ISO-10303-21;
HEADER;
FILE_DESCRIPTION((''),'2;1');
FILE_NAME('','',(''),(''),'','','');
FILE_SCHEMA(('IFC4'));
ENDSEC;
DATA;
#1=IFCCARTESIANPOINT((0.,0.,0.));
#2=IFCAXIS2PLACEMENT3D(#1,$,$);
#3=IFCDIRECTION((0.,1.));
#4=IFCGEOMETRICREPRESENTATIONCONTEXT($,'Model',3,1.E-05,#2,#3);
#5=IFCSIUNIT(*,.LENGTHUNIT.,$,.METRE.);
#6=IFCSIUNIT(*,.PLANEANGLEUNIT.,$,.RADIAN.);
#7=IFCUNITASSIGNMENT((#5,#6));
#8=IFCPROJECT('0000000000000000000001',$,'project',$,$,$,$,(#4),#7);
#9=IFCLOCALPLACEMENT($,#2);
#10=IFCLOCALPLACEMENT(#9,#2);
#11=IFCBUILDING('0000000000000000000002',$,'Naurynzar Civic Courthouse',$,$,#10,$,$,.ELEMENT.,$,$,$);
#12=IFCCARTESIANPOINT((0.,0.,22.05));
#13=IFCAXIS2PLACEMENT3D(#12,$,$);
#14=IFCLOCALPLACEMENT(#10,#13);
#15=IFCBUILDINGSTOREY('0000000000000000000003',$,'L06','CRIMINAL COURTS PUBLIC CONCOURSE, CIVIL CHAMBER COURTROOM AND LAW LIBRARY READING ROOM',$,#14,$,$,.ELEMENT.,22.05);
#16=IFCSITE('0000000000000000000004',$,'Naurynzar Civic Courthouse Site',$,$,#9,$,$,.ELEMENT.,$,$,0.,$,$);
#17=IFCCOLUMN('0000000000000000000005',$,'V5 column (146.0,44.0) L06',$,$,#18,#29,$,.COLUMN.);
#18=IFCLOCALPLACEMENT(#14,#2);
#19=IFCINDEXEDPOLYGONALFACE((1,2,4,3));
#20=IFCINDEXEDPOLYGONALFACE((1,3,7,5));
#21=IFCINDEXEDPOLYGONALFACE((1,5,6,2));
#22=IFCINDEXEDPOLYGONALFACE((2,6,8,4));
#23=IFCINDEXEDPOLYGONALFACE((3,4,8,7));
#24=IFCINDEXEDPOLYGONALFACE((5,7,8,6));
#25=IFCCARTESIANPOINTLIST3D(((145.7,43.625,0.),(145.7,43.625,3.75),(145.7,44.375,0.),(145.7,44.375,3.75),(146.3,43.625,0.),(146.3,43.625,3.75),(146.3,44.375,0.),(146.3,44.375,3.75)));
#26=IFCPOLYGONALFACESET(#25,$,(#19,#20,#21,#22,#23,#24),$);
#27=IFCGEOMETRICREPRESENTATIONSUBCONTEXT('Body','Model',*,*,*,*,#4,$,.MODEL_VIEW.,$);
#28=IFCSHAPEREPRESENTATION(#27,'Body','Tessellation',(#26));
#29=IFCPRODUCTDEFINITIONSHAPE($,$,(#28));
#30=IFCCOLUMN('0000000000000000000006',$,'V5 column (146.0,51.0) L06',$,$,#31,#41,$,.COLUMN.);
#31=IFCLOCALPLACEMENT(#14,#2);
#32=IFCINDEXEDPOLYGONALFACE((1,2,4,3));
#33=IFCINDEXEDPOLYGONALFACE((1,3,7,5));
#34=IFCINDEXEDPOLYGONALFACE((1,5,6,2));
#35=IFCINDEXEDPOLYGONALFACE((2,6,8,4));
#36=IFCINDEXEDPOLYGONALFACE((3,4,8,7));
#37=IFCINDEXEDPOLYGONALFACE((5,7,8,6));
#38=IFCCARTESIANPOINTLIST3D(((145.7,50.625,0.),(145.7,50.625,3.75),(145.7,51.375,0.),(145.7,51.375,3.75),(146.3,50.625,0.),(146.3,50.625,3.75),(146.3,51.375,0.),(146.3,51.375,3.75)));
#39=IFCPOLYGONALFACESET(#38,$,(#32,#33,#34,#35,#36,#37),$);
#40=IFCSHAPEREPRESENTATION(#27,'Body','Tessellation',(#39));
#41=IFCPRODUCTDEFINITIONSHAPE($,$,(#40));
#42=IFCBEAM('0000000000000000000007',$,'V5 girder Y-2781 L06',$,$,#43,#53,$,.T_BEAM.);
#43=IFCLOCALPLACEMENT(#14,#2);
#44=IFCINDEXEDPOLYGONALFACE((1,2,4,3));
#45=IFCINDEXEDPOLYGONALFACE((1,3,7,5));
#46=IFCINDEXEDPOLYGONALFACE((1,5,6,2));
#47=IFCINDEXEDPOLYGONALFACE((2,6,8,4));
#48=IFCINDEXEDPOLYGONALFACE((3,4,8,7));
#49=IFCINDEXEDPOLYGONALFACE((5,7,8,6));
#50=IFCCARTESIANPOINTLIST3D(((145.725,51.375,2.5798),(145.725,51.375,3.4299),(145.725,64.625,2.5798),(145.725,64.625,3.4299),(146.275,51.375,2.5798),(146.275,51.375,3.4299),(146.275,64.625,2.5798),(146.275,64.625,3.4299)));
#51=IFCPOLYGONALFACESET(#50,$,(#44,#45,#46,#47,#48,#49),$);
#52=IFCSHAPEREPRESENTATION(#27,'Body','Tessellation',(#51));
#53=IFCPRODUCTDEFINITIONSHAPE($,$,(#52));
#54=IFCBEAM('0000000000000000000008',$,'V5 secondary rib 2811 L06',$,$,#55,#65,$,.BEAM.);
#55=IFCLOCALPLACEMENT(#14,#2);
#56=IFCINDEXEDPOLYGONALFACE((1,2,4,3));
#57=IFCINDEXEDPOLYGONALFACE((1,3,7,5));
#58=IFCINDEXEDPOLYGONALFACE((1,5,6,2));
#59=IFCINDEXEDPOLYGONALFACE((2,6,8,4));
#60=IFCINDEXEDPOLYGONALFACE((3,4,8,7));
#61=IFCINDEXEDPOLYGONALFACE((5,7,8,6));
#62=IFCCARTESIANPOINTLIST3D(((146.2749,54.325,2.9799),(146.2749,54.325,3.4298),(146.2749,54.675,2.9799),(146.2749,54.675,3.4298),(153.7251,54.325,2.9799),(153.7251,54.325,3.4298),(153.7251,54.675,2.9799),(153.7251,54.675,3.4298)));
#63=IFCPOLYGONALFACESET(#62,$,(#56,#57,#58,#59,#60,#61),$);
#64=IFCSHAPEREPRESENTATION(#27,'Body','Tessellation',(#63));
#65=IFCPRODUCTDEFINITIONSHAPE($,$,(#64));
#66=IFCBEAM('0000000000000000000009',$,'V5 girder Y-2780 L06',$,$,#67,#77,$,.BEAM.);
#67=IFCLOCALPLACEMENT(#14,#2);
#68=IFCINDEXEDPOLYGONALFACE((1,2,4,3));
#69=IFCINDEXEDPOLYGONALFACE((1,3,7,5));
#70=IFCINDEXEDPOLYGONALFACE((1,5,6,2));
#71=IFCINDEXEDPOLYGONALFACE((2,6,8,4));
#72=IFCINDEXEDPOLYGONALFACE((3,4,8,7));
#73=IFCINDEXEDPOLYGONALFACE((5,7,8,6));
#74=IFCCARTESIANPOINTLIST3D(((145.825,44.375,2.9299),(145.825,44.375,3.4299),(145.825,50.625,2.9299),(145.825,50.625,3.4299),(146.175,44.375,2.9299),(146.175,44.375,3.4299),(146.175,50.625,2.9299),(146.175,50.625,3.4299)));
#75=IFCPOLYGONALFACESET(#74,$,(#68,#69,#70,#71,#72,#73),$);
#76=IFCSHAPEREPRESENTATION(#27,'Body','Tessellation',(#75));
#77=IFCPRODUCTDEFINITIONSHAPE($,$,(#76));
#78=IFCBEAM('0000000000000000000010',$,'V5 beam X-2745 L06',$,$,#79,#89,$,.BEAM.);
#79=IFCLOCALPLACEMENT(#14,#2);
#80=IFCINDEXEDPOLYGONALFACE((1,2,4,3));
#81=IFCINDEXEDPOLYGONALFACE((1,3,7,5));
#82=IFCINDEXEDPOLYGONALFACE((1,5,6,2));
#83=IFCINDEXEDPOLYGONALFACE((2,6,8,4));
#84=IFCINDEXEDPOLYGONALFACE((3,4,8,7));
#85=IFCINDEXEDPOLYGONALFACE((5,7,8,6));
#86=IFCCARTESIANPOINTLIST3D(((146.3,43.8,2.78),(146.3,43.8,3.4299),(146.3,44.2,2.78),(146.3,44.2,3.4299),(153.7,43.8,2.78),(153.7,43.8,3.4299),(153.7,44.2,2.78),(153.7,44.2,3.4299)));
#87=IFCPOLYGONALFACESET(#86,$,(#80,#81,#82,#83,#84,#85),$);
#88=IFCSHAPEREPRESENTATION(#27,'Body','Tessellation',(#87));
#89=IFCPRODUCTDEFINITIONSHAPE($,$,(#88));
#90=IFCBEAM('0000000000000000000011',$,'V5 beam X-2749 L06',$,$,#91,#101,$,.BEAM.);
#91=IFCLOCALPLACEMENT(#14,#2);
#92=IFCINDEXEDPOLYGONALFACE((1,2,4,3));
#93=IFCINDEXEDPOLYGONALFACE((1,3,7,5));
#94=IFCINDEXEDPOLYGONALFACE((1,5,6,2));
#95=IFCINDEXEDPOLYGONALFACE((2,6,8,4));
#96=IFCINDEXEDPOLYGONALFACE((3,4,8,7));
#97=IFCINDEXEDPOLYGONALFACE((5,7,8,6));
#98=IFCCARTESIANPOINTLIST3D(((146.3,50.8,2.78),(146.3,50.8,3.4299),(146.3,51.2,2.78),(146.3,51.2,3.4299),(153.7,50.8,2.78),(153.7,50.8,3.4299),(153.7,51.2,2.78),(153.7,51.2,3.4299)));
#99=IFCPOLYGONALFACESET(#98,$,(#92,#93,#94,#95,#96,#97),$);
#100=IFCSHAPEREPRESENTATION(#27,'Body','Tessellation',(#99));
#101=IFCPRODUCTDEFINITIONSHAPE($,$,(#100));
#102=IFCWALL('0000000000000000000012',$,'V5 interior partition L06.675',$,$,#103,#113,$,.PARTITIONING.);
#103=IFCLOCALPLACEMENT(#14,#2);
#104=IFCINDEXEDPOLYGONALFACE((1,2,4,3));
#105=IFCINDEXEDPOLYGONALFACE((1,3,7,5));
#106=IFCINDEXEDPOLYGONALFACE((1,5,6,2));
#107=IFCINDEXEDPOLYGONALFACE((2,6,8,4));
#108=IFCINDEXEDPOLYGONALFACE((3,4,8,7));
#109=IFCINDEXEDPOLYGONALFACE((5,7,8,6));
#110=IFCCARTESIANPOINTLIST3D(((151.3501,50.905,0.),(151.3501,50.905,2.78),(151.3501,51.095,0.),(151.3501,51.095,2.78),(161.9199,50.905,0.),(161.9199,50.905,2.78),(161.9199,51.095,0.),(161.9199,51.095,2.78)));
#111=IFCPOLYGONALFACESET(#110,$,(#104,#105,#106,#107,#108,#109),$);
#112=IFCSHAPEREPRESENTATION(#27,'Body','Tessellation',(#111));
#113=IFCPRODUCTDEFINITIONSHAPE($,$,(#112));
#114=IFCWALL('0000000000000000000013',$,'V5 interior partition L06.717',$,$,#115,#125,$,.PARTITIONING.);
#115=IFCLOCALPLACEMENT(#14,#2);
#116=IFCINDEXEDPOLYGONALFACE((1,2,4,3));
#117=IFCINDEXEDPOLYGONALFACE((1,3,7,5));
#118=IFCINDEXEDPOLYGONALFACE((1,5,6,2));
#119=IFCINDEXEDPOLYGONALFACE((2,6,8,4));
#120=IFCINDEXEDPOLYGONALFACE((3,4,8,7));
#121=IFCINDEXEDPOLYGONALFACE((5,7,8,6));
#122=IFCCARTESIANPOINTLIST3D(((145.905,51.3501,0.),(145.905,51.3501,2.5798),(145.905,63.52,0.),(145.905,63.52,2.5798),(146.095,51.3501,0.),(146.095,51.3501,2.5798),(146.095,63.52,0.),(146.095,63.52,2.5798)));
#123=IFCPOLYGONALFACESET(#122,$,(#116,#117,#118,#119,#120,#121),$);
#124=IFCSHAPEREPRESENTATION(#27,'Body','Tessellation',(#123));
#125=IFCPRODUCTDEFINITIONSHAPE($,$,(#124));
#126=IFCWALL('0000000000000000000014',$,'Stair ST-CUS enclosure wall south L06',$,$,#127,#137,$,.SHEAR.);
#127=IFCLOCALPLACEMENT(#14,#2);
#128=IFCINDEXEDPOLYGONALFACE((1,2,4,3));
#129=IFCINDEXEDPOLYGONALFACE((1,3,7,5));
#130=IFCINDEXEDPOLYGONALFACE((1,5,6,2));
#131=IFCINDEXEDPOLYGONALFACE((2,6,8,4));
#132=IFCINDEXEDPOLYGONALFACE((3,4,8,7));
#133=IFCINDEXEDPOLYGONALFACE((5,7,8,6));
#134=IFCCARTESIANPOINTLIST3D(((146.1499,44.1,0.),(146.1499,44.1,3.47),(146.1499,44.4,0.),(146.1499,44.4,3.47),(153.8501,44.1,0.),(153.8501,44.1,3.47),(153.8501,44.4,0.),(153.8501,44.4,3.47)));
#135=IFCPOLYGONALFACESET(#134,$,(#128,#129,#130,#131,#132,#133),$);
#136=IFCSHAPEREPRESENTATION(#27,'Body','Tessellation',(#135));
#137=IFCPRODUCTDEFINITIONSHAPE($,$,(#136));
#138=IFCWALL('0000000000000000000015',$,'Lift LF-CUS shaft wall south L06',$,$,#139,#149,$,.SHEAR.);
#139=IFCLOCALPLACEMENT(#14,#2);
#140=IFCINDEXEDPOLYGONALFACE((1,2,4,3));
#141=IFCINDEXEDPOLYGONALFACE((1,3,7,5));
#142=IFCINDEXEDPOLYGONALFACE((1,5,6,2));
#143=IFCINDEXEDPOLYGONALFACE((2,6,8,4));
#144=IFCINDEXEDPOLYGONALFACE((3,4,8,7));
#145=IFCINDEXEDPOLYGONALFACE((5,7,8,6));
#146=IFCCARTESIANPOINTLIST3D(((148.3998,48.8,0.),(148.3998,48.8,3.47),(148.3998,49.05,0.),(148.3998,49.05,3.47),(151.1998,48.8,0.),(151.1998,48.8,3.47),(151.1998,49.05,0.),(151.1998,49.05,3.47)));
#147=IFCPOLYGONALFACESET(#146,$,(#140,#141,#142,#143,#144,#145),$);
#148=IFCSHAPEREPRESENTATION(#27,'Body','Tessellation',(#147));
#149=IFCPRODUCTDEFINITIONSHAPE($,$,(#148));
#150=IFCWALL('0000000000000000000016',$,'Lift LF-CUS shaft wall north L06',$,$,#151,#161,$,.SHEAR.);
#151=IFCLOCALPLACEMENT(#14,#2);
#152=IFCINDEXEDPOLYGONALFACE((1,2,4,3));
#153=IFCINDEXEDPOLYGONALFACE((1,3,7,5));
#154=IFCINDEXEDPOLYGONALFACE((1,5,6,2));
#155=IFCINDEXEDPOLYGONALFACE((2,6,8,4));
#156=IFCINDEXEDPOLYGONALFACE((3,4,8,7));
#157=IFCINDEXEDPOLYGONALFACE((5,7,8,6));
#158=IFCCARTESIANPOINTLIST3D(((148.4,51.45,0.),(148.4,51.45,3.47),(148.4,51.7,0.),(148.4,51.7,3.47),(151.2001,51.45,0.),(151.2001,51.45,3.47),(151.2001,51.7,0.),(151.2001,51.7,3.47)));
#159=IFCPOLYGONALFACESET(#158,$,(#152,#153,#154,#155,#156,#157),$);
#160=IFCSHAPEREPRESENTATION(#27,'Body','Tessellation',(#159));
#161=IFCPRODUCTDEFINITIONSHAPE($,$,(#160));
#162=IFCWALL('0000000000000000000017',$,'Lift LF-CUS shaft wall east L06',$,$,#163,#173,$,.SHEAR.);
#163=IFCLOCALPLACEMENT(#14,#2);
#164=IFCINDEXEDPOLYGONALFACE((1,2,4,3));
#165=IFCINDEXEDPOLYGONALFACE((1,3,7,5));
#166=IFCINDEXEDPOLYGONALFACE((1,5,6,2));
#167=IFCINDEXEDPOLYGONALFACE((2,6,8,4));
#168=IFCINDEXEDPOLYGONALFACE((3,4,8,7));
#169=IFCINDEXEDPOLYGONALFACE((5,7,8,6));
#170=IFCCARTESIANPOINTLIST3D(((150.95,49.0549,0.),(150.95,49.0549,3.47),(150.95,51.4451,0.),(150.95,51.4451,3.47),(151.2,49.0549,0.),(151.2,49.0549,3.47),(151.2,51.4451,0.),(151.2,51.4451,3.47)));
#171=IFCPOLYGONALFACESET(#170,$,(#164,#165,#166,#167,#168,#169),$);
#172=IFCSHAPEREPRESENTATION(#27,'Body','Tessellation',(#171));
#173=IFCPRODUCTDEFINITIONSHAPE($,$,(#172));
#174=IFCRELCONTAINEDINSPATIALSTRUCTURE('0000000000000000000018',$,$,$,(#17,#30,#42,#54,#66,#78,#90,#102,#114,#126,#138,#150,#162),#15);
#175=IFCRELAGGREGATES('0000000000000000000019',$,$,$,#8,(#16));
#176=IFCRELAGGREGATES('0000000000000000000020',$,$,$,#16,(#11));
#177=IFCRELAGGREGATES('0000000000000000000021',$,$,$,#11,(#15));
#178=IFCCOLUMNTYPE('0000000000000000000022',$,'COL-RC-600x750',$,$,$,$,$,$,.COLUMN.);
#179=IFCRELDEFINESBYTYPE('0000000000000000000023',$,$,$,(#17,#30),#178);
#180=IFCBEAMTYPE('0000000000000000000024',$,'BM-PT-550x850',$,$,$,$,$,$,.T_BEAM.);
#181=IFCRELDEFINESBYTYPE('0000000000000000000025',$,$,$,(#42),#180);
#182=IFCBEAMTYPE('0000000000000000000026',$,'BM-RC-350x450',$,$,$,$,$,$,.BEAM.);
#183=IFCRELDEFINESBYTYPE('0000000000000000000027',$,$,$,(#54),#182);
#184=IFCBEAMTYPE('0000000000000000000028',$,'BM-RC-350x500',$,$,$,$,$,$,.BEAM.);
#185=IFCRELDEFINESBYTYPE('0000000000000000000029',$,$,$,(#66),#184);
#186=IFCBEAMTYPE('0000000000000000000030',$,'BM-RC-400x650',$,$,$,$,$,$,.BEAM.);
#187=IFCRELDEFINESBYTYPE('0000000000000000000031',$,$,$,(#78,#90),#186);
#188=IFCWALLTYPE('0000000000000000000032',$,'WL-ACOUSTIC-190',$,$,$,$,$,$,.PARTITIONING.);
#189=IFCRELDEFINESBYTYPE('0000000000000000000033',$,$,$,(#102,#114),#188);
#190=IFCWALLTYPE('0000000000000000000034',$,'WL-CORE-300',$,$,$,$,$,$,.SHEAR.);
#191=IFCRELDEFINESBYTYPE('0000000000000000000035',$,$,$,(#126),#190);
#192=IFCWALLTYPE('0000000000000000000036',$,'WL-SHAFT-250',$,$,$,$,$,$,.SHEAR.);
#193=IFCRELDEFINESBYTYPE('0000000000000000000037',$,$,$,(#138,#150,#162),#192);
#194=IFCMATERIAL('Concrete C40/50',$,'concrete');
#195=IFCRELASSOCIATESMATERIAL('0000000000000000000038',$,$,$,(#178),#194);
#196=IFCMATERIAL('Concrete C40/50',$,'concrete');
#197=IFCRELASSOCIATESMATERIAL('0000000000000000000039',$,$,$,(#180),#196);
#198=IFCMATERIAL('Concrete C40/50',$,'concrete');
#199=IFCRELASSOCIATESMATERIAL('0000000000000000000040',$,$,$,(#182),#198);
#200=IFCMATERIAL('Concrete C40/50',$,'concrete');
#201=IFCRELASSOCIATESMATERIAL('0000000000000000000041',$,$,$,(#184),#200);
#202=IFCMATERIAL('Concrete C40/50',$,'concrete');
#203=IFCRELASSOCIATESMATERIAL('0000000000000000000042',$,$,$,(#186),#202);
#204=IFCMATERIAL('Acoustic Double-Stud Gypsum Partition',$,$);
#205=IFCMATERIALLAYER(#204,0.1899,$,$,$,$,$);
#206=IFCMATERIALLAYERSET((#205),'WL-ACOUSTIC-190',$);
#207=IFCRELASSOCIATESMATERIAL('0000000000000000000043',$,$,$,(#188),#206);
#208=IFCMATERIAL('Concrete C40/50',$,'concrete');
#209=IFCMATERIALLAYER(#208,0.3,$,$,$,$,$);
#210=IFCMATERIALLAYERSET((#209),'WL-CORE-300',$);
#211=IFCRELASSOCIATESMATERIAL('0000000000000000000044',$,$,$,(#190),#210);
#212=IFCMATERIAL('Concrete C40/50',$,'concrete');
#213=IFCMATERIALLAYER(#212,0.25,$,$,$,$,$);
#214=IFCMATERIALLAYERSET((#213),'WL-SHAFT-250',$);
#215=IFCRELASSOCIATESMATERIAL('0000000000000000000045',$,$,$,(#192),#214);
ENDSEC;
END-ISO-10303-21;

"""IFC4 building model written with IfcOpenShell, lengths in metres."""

from ifc_helpers import new_model, si_unit, direction, frame, frame_2d, origin, origin_2d, place, context, subcontext, project, spatial, rectangle, extrude, material, layer, layer_set, material_profile, profile_set, type_object, element, save


model = new_model("IFC4")

# Units and contexts
model_context = context("Model", 3, precision=1e-05, world=origin(), true_north=direction((0.0, 1.0)))
body_context = subcontext(model_context, "Body", "Model", "MODEL_VIEW")
ifc_project = project(units=[si_unit("LENGTHUNIT", "METRE"), si_unit("PLANEANGLEUNIT", "RADIAN")], contexts=[model_context])

# Site, building, storey
site_placement = place(None, origin())
site = spatial("IfcSite", under=ifc_project, at=site_placement, Name="Naurynzar Civic Courthouse Site", CompositionType="ELEMENT", RefElevation=0.0)
building_placement = place(site_placement, origin())
building = spatial("IfcBuilding", under=site, at=building_placement, Name="Naurynzar Civic Courthouse", CompositionType="ELEMENT")
storey_placement = place(building_placement, frame((0.0, 0.0, 22.05)))
storey = spatial("IfcBuildingStorey", under=building, at=storey_placement, Name="L06", Description="CRIMINAL COURTS PUBLIC CONCOURSE, CIVIL CHAMBER COURTROOM AND LAW LIBRARY READING ROOM", CompositionType="ELEMENT", Elevation=22.05)

# Columns
ifc_material_1 = material(Name="Concrete C40/50", Category="concrete")
ifc_material_profile_1 = material_profile(ifc_material_1, rectangle(XDim=0.6001, YDim=0.75, at=origin_2d()), Name="RC 600x750")
ifc_profile_set_1 = profile_set([ifc_material_profile_1], Name="Concrete C40/50")
column_type = type_object("IfcColumnType", Name="COL-RC-600x750", PredefinedType="COLUMN", material=ifc_profile_set_1)
for number, where, z_axis, x_axis, name in (
    (1, (146.0, 44.0, 0.0), (0.0, 0.0, 1.0), (1.0, 0.0, 0.0), "V5 column (146.0,44.0) L06"),
    (2, (146.0, 51.0, 0.0), (0.0, 0.0, 1.0), (1.0, 0.0, 0.0), "V5 column (146.0,51.0) L06"),
):
    element("IfcColumn", number, at=place(storey_placement, frame(where, z_axis=z_axis, x_axis=x_axis)), inside=storey, type_object=column_type, Name=name, PredefinedType="COLUMN", context=body_context, shape_type="SweptSolid", body=[
        extrude(rectangle(XDim=0.6001, YDim=0.75, at=origin_2d()), origin(), (0.0, 0.0, 1.0), 3.75),
    ])

# Beams
ifc_material_2 = material(Name="Concrete C40/50", Category="concrete")
ifc_material_profile_2 = material_profile(ifc_material_2, rectangle(XDim=0.55, YDim=0.8501, at=origin_2d()), Name="PTB 550x850")
ifc_profile_set_2 = profile_set([ifc_material_profile_2], Name="Concrete C40/50")
beam_type_1 = type_object("IfcBeamType", Name="BM-PT-550x850", PredefinedType="T_BEAM", material=ifc_profile_set_2)
beam_1_placement = place(storey_placement, frame((146.0, 51.375, 3.0049), z_axis=(0.0, 1.0, 0.0), x_axis=(-1.0, 0.0, 0.0)))
element("IfcBeam", 3, at=beam_1_placement, inside=storey, type_object=beam_type_1, Name="V5 girder Y-2781 L06", PredefinedType="T_BEAM", context=body_context, shape_type="SweptSolid", body=[
    extrude(rectangle(XDim=0.55, YDim=0.8501, at=origin_2d()), origin(), (0.0, 0.0, 1.0), 13.25),
])
ifc_material_3 = material(Name="Concrete C40/50", Category="concrete")
ifc_material_profile_3 = material_profile(ifc_material_3, rectangle(XDim=0.3501, YDim=0.45, at=origin_2d()), Name="RCB 350x450")
ifc_profile_set_3 = profile_set([ifc_material_profile_3], Name="Concrete C40/50")
beam_type_2 = type_object("IfcBeamType", Name="BM-RC-350x450", PredefinedType="BEAM", material=ifc_profile_set_3)
beam_2_placement = place(storey_placement, frame((146.2749, 54.5, 3.2048), z_axis=(1.0, 0.0, 0.0), x_axis=(0.0, 1.0, 0.0)))
element("IfcBeam", 4, at=beam_2_placement, inside=storey, type_object=beam_type_2, Name="V5 secondary rib 2811 L06", PredefinedType="BEAM", context=body_context, shape_type="SweptSolid", body=[
    extrude(rectangle(XDim=0.3501, YDim=0.45, at=origin_2d()), origin(), (0.0, 0.0, 1.0), 7.4502),
])
ifc_material_4 = material(Name="Concrete C40/50", Category="concrete")
ifc_material_profile_4 = material_profile(ifc_material_4, rectangle(XDim=0.3501, YDim=0.5, at=origin_2d()), Name="RCB 350x500")
ifc_profile_set_4 = profile_set([ifc_material_profile_4], Name="Concrete C40/50")
beam_type_3 = type_object("IfcBeamType", Name="BM-RC-350x500", PredefinedType="BEAM", material=ifc_profile_set_4)
beam_3_placement = place(storey_placement, frame((146.0, 44.375, 3.1799), z_axis=(0.0, 1.0, 0.0), x_axis=(-1.0, 0.0, 0.0)))
element("IfcBeam", 5, at=beam_3_placement, inside=storey, type_object=beam_type_3, Name="V5 girder Y-2780 L06", PredefinedType="BEAM", context=body_context, shape_type="SweptSolid", body=[
    extrude(rectangle(XDim=0.3501, YDim=0.5, at=origin_2d()), origin(), (0.0, 0.0, 1.0), 6.25),
])
ifc_material_5 = material(Name="Concrete C40/50", Category="concrete")
ifc_material_profile_5 = material_profile(ifc_material_5, rectangle(XDim=0.3999, YDim=0.6499, at=origin_2d()), Name="RCB 400x650")
ifc_profile_set_5 = profile_set([ifc_material_profile_5], Name="Concrete C40/50")
beam_type_4 = type_object("IfcBeamType", Name="BM-RC-400x650", PredefinedType="BEAM", material=ifc_profile_set_5)
for number, where, z_axis, x_axis, name in (
    (6, (146.3, 44.0, 3.105), (1.0, 0.0, 0.0), (0.0, 1.0, 0.0), "V5 beam X-2745 L06"),
    (7, (146.3, 51.0, 3.105), (1.0, 0.0, 0.0), (0.0, 1.0, 0.0), "V5 beam X-2749 L06"),
):
    element("IfcBeam", number, at=place(storey_placement, frame(where, z_axis=z_axis, x_axis=x_axis)), inside=storey, type_object=beam_type_4, Name=name, PredefinedType="BEAM", context=body_context, shape_type="SweptSolid", body=[
        extrude(rectangle(XDim=0.3999, YDim=0.6499, at=origin_2d()), origin(), (0.0, 0.0, 1.0), 7.3999),
    ])

# Walls
ifc_material_6 = material(Name="Acoustic Double-Stud Gypsum Partition")
ifc_layer_1 = layer(ifc_material_6, 0.1899)
ifc_layer_set_1 = layer_set([ifc_layer_1], Name="WL-ACOUSTIC-190")
wall_type_1 = type_object("IfcWallType", Name="WL-ACOUSTIC-190", PredefinedType="PARTITIONING", material=ifc_layer_set_1)
wall_1_placement = place(storey_placement, frame((151.3501, 51.0, 0.0), z_axis=(0.0, 0.0, 1.0), x_axis=(1.0, 0.0, 0.0)))
element("IfcWall", 8, at=wall_1_placement, inside=storey, type_object=wall_type_1, Name="V5 interior partition L06.675", PredefinedType="PARTITIONING", context=body_context, shape_type="SweptSolid", body=[
    extrude(rectangle(XDim=10.5698, YDim=0.1899, at=frame_2d((5.2849, 0.0))), origin(), (0.0, 0.0, 1.0), 2.78),
])
wall_2_placement = place(storey_placement, frame((146.0, 51.3501, 0.0), z_axis=(0.0, 0.0, 1.0), x_axis=(0.0, 1.0, 0.0)))
element("IfcWall", 9, at=wall_2_placement, inside=storey, type_object=wall_type_1, Name="V5 interior partition L06.717", PredefinedType="PARTITIONING", context=body_context, shape_type="SweptSolid", body=[
    extrude(rectangle(XDim=12.1699, YDim=0.1899, at=frame_2d((6.085, 0.0))), origin(), (0.0, 0.0, 1.0), 2.5798),
])
ifc_material_7 = material(Name="Concrete C40/50", Category="concrete")
ifc_layer_2 = layer(ifc_material_7, 0.3)
ifc_layer_set_2 = layer_set([ifc_layer_2], Name="WL-CORE-300")
wall_type_2 = type_object("IfcWallType", Name="WL-CORE-300", PredefinedType="SHEAR", material=ifc_layer_set_2)
wall_3_placement = place(storey_placement, frame((146.1499, 44.25, 0.0), z_axis=(0.0, 0.0, 1.0), x_axis=(1.0, 0.0, 0.0)))
element("IfcWall", 10, at=wall_3_placement, inside=storey, type_object=wall_type_2, Name="Stair ST-CUS enclosure wall south L06", PredefinedType="SHEAR", context=body_context, shape_type="SweptSolid", body=[
    extrude(rectangle(XDim=7.7002, YDim=0.3, at=frame_2d((3.8501, 0.0))), origin(), (0.0, 0.0, 1.0), 3.47),
])

# Walls
ifc_material_8 = material(Name="Concrete C40/50", Category="concrete")
ifc_layer_3 = layer(ifc_material_8, 0.25)
ifc_layer_set_3 = layer_set([ifc_layer_3], Name="WL-SHAFT-250")
wall_type_3 = type_object("IfcWallType", Name="WL-SHAFT-250", PredefinedType="SHEAR", material=ifc_layer_set_3)
for number, where, z_axis, x_axis, name in (
    (11, (148.3999, 48.925, 0.0), (0.0, 0.0, 1.0), (1.0, 0.0, 0.0), "Lift LF-CUS shaft wall south L06"),
    (12, (151.2, 51.575, 0.0), (0.0, 0.0, 1.0), (-1.0, 0.0, 0.0), "Lift LF-CUS shaft wall north L06"),
):
    element("IfcWall", number, at=place(storey_placement, frame(where, z_axis=z_axis, x_axis=x_axis)), inside=storey, type_object=wall_type_3, Name=name, PredefinedType="SHEAR", context=body_context, shape_type="SweptSolid", body=[
        extrude(rectangle(XDim=2.8, YDim=0.25, at=frame_2d((1.3999, 0.0))), origin(), (0.0, 0.0, 1.0), 3.47),
    ])

# Wall
wall_4_placement = place(storey_placement, frame((151.075, 49.0549, 0.0), z_axis=(0.0, 0.0, 1.0), x_axis=(0.0, 1.0, 0.0)))
element("IfcWall", 13, at=wall_4_placement, inside=storey, type_object=wall_type_3, Name="Lift LF-CUS shaft wall east L06", PredefinedType="SHEAR", context=body_context, shape_type="SweptSolid", body=[
    extrude(rectangle(XDim=2.3901, YDim=0.25, at=frame_2d((1.1951, 0.0))), origin(), (0.0, 0.0, 1.0), 3.47),
])

save(model, "model.ifc")
